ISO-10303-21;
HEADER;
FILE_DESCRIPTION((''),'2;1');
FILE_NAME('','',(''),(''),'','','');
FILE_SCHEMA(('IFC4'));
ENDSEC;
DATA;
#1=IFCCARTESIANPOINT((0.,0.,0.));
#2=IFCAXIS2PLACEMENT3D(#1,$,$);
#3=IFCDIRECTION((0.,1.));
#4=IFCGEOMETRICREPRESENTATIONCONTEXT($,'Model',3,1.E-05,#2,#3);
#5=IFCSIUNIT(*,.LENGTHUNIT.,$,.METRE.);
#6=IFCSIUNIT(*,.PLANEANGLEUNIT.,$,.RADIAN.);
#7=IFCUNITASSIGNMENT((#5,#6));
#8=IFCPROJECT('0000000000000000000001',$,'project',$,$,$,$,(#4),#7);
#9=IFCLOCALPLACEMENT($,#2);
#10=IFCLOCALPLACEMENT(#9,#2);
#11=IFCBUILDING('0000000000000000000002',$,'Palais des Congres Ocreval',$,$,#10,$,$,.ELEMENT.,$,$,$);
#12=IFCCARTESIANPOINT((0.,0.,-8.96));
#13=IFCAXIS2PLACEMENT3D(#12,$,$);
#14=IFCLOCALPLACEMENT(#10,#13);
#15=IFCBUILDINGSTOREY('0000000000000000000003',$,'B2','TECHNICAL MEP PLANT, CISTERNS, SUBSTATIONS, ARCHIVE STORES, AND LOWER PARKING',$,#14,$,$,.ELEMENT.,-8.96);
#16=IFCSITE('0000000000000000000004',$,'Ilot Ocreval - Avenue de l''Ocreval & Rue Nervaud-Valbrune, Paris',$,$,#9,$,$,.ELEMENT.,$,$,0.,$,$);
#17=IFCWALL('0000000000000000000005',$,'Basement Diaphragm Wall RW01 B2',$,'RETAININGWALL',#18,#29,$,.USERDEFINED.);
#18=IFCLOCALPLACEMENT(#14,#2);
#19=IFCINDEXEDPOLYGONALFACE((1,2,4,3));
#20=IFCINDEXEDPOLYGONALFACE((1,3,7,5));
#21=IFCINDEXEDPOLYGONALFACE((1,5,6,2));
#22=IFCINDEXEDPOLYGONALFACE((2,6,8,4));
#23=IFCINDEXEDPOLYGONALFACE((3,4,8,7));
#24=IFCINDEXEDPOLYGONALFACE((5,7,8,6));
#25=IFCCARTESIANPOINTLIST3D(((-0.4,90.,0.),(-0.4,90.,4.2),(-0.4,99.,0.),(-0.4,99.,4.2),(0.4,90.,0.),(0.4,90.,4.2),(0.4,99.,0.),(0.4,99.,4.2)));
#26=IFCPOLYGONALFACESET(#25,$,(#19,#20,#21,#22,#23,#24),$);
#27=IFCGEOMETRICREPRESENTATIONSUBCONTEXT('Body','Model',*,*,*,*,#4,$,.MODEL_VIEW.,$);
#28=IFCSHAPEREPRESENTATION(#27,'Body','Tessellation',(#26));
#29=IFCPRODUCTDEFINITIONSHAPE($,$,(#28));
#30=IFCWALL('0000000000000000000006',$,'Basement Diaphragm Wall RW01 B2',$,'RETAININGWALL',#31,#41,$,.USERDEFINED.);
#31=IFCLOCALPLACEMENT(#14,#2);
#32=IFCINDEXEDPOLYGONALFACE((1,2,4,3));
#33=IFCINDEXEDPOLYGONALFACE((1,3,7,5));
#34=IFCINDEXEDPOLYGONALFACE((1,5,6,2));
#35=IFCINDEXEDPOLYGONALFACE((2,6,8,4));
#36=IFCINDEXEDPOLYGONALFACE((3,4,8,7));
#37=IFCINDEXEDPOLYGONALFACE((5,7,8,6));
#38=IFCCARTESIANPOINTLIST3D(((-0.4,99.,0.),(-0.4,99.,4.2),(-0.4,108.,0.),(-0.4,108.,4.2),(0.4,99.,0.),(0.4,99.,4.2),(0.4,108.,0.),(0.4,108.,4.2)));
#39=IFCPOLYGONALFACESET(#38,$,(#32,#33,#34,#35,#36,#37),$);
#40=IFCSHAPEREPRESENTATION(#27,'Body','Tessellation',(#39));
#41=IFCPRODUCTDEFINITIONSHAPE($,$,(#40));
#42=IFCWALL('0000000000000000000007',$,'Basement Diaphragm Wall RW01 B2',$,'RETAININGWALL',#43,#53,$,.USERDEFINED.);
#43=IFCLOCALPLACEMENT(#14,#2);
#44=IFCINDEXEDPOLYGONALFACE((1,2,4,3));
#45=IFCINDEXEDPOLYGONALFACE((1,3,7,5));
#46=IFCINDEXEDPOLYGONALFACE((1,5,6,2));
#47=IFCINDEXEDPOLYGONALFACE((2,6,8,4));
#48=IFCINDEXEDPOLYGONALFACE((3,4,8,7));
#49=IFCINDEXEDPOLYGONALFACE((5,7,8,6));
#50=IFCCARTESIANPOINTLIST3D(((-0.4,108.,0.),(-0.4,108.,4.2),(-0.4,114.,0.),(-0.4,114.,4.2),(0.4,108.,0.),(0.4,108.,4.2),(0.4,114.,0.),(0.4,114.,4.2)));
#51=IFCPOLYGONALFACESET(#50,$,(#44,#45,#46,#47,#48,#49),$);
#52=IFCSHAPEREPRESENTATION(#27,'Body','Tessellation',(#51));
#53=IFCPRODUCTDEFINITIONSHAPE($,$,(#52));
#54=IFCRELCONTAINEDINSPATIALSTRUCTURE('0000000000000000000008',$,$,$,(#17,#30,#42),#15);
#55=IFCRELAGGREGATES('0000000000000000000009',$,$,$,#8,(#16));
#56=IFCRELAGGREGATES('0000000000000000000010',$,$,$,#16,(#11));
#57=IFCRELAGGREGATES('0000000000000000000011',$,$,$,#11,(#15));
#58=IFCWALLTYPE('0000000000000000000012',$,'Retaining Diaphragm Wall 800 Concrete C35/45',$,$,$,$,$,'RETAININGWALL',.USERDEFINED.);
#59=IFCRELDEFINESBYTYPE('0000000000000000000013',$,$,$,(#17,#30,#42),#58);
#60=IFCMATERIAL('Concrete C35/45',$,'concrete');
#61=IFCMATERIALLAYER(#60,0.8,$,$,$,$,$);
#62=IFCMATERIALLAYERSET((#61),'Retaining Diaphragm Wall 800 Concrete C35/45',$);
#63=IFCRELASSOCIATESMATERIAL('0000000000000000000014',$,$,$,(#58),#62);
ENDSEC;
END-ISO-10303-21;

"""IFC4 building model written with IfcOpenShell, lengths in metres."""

from ifc_helpers import new_model, si_unit, direction, frame, frame_2d, origin, place, context, subcontext, project, spatial, rectangle, extrude, material, layer, layer_set, type_object, element, save


model = new_model("IFC4")

# Units and contexts
model_context = context("Model", 3, precision=1e-05, world=origin(), true_north=direction((0.0, 1.0)))
body_context = subcontext(model_context, "Body", "Model", "MODEL_VIEW")
ifc_project = project(units=[si_unit("LENGTHUNIT", "METRE"), si_unit("PLANEANGLEUNIT", "RADIAN")], contexts=[model_context])

# Site, building, storey
site_placement = place(None, origin())
site = spatial("IfcSite", under=ifc_project, at=site_placement, Name="Ilot Ocreval - Avenue de l'Ocreval & Rue Nervaud-Valbrune, Paris", CompositionType="ELEMENT", RefElevation=0.0)
building_placement = place(site_placement, origin())
building = spatial("IfcBuilding", under=site, at=building_placement, Name="Palais des Congres Ocreval", CompositionType="ELEMENT")
storey_placement = place(building_placement, frame((0.0, 0.0, -8.96)))
storey = spatial("IfcBuildingStorey", under=building, at=storey_placement, Name="B2", Description="TECHNICAL MEP PLANT, CISTERNS, SUBSTATIONS, ARCHIVE STORES, AND LOWER PARKING", CompositionType="ELEMENT", Elevation=-8.96)

# Shared definitions
ifc_material_1 = material(Name="Concrete C35/45", Category="concrete")

# Walls
ifc_layer_1 = layer(ifc_material_1, 0.8)
ifc_layer_set_1 = layer_set([ifc_layer_1], Name="Retaining Diaphragm Wall 800 Concrete C35/45")
wall_type_1 = type_object("IfcWallType", Name="Retaining Diaphragm Wall 800 Concrete C35/45", ElementType="RETAININGWALL", PredefinedType="USERDEFINED", material=ifc_layer_set_1)
for number, where, z_axis, x_axis, name in (
    (1, (0.0, 90.0, 0.0), (0.0, 0.0, 1.0), (0.0, 1.0, 0.0), "Basement Diaphragm Wall RW01 B2"),
    (2, (0.0, 99.0, 0.0), (0.0, 0.0, 1.0), (0.0, 1.0, 0.0), "Basement Diaphragm Wall RW01 B2"),
):
    element("IfcWall", number, at=place(storey_placement, frame(where, z_axis=z_axis, x_axis=x_axis)), inside=storey, type_object=wall_type_1, Name=name, ObjectType="RETAININGWALL", PredefinedType="USERDEFINED", context=body_context, shape_type="SweptSolid", body=[
        extrude(rectangle(XDim=9.0, YDim=0.8, at=frame_2d((4.5, 0.0))), origin(), (0.0, 0.0, 1.0), 4.2),
    ])
wall_1_placement = place(storey_placement, frame((0.0, 108.0, 0.0), z_axis=(0.0, 0.0, 1.0), x_axis=(0.0, 1.0, 0.0)))
element("IfcWall", 3, at=wall_1_placement, inside=storey, type_object=wall_type_1, Name="Basement Diaphragm Wall RW01 B2", ObjectType="RETAININGWALL", PredefinedType="USERDEFINED", context=body_context, shape_type="SweptSolid", body=[
    extrude(rectangle(XDim=6.0, YDim=0.8, at=frame_2d((3.0, 0.0))), origin(), (0.0, 0.0, 1.0), 4.2),
])

save(model, "model.ifc")
